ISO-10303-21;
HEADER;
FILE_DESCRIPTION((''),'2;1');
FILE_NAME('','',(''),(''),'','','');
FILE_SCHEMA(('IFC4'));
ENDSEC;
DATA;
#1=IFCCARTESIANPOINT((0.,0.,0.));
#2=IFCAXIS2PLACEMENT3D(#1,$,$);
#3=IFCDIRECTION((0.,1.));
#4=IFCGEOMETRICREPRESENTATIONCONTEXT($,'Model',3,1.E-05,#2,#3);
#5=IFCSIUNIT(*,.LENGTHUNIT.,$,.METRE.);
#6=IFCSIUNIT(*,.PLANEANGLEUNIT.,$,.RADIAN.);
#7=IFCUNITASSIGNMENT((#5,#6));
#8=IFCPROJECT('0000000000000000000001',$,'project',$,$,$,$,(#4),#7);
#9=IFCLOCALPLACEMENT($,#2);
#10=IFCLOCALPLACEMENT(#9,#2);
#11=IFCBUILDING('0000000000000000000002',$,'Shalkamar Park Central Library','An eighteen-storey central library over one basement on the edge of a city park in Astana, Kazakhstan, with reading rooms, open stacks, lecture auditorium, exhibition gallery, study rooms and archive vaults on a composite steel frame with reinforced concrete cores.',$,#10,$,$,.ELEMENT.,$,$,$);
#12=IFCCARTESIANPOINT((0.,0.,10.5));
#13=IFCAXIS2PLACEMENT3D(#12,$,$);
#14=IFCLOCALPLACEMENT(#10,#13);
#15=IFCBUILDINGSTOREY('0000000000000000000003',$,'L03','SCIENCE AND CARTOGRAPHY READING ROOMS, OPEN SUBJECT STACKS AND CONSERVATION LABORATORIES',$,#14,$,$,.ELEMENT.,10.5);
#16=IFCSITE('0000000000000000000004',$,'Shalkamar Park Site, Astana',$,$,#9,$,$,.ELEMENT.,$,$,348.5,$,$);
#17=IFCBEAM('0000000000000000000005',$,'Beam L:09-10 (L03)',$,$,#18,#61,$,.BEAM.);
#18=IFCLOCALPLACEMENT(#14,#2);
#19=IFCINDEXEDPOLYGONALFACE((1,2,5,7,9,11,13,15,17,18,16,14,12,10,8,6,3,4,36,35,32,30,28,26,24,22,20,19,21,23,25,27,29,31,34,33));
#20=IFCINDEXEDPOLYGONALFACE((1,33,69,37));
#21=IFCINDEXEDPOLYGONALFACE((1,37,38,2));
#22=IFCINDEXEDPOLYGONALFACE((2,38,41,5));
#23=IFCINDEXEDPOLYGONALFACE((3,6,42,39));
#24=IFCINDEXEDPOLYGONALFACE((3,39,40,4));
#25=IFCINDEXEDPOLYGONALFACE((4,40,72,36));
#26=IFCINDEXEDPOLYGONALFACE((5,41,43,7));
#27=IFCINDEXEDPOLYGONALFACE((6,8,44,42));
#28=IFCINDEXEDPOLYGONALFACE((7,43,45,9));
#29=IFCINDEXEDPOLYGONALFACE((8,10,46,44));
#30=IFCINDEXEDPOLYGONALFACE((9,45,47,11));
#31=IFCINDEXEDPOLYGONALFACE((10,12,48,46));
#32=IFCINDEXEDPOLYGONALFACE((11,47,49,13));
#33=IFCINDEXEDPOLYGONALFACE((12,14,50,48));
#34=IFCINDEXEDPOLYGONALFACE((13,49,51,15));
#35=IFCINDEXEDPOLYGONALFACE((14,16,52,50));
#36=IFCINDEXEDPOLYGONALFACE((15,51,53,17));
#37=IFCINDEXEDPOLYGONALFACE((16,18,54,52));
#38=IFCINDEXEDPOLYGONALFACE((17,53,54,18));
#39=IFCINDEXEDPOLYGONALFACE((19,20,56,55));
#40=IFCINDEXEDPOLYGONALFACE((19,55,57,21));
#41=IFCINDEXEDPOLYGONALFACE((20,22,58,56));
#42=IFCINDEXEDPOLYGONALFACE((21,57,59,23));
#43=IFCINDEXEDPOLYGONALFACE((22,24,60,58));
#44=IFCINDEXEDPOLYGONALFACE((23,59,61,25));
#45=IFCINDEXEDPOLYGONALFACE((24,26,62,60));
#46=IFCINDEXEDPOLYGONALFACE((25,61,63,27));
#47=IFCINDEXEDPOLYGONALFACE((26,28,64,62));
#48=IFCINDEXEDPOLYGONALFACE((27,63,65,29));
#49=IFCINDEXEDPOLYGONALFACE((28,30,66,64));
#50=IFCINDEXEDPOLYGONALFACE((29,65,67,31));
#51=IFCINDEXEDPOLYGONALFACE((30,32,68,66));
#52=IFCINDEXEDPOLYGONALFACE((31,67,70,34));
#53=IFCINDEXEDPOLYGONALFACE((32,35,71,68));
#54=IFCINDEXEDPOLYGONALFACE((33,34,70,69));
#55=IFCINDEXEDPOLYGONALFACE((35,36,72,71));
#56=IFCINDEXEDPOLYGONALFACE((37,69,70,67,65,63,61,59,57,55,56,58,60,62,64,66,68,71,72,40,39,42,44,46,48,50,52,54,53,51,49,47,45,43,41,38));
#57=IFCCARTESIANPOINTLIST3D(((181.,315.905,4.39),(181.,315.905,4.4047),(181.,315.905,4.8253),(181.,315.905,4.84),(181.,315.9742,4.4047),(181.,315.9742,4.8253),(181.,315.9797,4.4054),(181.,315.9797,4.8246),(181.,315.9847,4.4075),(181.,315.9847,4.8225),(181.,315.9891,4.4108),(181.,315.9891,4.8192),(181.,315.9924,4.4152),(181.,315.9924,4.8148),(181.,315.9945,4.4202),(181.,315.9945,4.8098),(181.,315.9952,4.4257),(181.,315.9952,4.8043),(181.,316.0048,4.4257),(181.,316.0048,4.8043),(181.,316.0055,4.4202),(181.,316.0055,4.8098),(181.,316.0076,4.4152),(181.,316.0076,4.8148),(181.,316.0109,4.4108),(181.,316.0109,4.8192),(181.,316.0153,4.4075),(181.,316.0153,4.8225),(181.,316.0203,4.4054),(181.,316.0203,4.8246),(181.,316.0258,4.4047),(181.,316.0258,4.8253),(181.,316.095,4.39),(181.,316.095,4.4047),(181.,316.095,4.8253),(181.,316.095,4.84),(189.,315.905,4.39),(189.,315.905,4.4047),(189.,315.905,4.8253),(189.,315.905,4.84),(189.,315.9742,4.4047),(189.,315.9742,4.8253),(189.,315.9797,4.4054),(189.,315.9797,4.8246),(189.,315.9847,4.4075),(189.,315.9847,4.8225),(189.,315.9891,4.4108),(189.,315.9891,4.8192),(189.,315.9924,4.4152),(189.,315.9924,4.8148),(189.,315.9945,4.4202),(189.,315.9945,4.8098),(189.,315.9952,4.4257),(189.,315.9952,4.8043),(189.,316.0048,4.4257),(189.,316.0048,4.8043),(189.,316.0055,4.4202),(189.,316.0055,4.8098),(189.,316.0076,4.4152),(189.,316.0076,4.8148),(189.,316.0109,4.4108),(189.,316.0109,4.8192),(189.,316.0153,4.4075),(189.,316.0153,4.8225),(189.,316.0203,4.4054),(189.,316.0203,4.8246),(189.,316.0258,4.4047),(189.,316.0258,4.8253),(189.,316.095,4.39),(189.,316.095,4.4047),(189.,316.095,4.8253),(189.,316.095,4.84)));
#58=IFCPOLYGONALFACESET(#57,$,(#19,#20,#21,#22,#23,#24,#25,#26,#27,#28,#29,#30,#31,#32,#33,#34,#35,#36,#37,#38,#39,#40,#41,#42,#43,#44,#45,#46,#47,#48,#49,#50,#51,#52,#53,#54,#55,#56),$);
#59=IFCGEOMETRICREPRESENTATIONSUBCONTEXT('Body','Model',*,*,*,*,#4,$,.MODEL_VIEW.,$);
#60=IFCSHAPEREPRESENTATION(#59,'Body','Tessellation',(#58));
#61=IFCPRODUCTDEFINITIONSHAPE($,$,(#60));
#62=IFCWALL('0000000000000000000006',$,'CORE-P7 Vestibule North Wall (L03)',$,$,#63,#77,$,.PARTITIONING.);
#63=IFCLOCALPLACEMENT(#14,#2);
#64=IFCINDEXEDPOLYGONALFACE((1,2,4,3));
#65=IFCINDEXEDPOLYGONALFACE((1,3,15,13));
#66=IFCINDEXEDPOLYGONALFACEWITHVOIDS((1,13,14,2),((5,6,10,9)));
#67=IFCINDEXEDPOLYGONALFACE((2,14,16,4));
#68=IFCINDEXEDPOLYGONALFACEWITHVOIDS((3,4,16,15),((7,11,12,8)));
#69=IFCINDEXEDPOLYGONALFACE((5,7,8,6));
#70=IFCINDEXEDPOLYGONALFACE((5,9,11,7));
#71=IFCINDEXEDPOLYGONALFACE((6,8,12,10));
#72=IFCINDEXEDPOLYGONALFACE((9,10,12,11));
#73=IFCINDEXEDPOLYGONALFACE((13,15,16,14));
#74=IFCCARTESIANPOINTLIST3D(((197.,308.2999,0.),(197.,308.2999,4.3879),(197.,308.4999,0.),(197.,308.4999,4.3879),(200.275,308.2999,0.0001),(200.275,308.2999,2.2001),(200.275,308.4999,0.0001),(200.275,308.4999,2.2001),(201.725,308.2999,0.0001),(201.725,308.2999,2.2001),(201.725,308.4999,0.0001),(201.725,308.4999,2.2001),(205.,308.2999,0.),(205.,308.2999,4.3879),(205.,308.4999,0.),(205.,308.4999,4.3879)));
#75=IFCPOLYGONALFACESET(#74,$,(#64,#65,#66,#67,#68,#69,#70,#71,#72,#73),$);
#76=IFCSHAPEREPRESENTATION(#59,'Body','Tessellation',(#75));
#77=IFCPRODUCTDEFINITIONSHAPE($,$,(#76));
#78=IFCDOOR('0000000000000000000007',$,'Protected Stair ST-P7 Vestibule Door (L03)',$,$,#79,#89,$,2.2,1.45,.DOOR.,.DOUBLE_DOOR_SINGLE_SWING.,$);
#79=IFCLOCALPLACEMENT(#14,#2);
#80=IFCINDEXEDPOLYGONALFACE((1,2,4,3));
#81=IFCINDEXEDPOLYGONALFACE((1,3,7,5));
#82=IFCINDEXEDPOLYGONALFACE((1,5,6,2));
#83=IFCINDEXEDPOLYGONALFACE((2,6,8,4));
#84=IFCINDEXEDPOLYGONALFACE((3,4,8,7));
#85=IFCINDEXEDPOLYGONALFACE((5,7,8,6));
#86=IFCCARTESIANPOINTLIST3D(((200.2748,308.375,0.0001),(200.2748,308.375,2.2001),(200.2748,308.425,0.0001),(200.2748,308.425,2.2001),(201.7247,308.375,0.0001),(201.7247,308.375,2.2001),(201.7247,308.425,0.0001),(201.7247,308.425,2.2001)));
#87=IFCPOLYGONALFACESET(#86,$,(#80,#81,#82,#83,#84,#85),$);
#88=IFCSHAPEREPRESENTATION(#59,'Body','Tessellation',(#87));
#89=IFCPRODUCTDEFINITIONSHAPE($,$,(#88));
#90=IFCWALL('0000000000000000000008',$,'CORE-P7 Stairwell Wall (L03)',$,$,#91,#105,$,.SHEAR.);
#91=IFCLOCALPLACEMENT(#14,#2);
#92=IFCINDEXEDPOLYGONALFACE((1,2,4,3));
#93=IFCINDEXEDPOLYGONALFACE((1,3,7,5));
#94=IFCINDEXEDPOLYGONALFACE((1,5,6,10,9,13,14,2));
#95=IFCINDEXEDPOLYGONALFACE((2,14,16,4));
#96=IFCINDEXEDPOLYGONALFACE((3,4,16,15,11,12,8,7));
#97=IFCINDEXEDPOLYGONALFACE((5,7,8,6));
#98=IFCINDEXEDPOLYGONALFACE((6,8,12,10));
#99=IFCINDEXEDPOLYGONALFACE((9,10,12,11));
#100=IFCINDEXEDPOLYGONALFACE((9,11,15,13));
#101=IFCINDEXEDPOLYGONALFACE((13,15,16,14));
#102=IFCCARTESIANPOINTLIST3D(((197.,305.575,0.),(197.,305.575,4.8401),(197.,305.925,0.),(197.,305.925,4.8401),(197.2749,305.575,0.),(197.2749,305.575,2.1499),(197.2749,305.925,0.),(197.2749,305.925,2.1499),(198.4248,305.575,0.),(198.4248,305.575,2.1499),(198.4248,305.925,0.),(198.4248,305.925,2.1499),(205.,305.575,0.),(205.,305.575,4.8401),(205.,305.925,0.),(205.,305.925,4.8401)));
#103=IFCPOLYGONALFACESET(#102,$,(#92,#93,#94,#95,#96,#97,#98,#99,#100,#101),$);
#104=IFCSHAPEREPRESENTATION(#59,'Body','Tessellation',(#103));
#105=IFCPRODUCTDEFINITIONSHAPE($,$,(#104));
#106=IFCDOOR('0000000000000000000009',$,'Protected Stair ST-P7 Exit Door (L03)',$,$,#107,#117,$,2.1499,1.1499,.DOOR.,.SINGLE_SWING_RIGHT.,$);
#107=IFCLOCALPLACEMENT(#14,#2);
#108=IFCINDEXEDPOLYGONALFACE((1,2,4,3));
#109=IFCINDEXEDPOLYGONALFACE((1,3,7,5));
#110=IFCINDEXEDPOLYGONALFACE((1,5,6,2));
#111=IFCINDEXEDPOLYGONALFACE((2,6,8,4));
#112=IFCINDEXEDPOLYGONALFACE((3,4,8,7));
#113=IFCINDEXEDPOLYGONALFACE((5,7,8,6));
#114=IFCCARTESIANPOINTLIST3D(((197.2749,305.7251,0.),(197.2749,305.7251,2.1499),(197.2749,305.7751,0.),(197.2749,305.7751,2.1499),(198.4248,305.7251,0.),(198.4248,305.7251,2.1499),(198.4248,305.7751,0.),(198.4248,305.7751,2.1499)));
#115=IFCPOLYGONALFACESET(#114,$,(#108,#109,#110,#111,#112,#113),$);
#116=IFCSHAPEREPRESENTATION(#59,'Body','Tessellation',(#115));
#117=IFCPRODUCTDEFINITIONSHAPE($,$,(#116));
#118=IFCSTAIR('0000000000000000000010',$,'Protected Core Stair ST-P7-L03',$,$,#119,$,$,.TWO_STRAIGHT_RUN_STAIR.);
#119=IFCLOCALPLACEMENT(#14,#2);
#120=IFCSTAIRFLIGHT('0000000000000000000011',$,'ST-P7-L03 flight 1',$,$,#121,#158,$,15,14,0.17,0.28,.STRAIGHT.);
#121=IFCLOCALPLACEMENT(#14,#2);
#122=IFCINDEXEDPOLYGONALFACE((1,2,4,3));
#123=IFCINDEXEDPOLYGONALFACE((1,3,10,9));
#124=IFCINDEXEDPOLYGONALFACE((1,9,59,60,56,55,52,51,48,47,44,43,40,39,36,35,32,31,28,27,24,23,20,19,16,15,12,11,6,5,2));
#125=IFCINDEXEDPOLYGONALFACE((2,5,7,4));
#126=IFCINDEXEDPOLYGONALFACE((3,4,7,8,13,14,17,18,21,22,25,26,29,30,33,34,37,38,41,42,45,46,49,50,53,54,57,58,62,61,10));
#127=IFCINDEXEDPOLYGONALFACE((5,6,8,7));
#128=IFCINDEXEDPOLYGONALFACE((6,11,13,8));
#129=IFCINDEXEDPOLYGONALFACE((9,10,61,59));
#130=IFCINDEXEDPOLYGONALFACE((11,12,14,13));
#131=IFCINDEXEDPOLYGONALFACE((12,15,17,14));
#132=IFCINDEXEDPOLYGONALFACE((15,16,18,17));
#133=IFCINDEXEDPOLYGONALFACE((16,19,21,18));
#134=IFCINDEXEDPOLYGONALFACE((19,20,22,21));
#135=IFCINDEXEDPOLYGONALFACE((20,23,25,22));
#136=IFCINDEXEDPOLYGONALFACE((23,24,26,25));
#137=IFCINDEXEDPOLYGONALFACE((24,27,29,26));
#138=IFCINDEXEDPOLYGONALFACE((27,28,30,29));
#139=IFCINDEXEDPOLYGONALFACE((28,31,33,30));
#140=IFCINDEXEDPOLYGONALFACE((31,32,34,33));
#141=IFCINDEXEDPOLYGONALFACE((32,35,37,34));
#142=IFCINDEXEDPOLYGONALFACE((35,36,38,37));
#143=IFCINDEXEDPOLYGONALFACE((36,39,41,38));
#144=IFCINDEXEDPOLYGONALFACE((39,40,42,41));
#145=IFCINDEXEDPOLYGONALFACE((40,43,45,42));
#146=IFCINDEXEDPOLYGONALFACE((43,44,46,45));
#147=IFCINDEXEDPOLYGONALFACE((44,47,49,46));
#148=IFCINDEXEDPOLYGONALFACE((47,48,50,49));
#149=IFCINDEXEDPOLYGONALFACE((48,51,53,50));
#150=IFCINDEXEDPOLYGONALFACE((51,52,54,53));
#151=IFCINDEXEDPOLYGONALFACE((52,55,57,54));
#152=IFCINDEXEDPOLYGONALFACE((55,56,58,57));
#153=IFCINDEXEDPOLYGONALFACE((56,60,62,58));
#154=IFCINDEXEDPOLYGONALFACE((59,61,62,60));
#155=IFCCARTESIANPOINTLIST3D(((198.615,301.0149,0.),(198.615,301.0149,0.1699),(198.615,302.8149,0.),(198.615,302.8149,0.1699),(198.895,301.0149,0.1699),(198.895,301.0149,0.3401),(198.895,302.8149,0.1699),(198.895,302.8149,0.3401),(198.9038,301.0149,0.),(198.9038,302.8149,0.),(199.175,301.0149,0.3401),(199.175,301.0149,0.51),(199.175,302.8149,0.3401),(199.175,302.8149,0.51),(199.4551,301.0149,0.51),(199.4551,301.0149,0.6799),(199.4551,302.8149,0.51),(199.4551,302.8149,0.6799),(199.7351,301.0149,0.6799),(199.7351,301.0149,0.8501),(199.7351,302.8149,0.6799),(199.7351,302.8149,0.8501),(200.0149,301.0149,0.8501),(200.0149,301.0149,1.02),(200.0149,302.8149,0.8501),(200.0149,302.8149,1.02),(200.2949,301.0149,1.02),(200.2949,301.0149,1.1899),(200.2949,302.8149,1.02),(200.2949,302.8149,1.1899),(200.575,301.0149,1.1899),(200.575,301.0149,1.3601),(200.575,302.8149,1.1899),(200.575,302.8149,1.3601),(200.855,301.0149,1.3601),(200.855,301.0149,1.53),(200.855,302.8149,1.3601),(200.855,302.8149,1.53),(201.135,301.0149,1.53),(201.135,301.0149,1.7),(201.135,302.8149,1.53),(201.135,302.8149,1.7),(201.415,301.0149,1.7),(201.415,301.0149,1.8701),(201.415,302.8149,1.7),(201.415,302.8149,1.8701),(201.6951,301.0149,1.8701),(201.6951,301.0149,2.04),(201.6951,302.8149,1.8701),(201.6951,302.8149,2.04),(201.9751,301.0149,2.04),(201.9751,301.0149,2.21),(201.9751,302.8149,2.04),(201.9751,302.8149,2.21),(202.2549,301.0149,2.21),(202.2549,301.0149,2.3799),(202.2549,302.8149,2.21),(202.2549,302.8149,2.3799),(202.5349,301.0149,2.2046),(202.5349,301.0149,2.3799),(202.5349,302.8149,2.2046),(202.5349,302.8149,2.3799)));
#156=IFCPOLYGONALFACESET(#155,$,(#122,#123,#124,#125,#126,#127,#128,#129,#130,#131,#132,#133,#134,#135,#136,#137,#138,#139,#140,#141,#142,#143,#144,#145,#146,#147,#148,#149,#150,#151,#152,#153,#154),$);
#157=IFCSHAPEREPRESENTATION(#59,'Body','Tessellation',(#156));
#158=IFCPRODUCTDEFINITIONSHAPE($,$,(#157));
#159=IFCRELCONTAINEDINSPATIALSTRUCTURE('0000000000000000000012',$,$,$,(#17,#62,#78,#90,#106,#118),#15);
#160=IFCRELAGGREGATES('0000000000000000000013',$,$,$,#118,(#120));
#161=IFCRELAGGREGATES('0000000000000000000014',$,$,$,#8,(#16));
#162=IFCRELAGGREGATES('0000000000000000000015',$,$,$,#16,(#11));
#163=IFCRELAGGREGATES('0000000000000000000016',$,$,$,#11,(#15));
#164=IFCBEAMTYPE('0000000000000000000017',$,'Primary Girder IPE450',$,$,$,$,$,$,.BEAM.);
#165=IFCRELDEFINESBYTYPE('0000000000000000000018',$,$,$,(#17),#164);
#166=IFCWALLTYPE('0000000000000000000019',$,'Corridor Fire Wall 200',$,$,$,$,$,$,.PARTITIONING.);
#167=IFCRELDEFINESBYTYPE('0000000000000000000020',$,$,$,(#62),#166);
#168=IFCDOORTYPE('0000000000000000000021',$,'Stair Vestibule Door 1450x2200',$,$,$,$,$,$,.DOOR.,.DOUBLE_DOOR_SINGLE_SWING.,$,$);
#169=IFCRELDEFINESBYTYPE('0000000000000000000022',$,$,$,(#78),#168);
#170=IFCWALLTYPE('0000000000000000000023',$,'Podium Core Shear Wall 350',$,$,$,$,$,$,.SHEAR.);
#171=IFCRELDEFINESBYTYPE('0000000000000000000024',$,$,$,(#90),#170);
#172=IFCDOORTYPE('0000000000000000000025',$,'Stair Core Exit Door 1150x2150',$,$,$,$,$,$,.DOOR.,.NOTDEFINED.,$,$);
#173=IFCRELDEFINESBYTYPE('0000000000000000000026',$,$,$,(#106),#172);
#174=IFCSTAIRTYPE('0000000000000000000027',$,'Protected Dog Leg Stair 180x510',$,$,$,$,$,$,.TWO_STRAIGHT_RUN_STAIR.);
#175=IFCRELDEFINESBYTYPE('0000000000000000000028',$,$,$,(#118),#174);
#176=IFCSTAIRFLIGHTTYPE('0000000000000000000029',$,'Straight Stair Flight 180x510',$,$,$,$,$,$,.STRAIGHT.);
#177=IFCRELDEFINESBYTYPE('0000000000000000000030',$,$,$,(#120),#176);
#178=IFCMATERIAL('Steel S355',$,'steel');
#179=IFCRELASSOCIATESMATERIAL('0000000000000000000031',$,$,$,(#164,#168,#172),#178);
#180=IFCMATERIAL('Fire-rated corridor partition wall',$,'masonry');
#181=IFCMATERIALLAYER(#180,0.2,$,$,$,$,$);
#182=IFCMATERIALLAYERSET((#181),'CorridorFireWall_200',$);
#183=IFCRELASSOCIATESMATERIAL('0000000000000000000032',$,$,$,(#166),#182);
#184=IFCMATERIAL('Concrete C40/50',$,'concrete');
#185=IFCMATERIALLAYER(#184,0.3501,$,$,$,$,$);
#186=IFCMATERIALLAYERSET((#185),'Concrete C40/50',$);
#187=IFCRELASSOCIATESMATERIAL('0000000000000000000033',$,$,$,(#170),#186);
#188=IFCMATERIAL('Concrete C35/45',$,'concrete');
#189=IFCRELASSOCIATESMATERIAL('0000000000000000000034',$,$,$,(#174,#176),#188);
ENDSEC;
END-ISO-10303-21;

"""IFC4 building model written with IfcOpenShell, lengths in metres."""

from ifc_helpers import new_model, si_unit, direction, frame, frame_2d, origin, origin_2d, place, context, subcontext, project, spatial, polyline, rectangle, i_section, outline, extrude, material, layer, layer_set, material_profile, profile_set, type_object, element, fill, aggregate, save


model = new_model("IFC4")

# Units and contexts
model_context = context("Model", 3, precision=1e-05, world=origin(), true_north=direction((0.0, 1.0)))
body_context = subcontext(model_context, "Body", "Model", "MODEL_VIEW")
ifc_project = project(units=[si_unit("LENGTHUNIT", "METRE"), si_unit("PLANEANGLEUNIT", "RADIAN")], contexts=[model_context])

# Site, building, storey
site_placement = place(None, origin())
site = spatial("IfcSite", under=ifc_project, at=site_placement, Name="Shalkamar Park Site, Astana", CompositionType="ELEMENT", RefElevation=348.5)
building_placement = place(site_placement, origin())
building = spatial("IfcBuilding", under=site, at=building_placement, Name="Shalkamar Park Central Library", Description="An eighteen-storey central library over one basement on the edge of a city park in Astana, Kazakhstan, with reading rooms, open stacks, lecture auditorium, exhibition gallery, study rooms and archive vaults on a composite steel frame with reinforced concrete cores.", CompositionType="ELEMENT")
storey_placement = place(building_placement, frame((0.0, 0.0, 10.5)))
storey = spatial("IfcBuildingStorey", under=building, at=storey_placement, Name="L03", Description="SCIENCE AND CARTOGRAPHY READING ROOMS, OPEN SUBJECT STACKS AND CONSERVATION LABORATORIES", CompositionType="ELEMENT", Elevation=10.5)

# Shared definitions
ifc_material_1 = material(Name="Steel S355", Category="steel")

# Beam
ifc_material_profile_1 = material_profile(ifc_material_1, i_section(OverallWidth=0.1899, OverallDepth=0.45, WebThickness=0.0095, FlangeThickness=0.0146, FilletRadius=0.021, at=origin_2d()), Name="IPE 450")
ifc_profile_set_1 = profile_set([ifc_material_profile_1], Name="Steel S355")
beam_type_1 = type_object("IfcBeamType", Name="Primary Girder IPE450", PredefinedType="BEAM", material=ifc_profile_set_1)
for number, where, z_axis, x_axis, name in (
    (1, (181.0, 316.0, 4.615), (1.0, 0.0, 0.0), (0.0, 1.0, 0.0), "Beam L:09-10 (L03)"),
):
    element("IfcBeam", number, at=place(storey_placement, frame(where, z_axis=z_axis, x_axis=x_axis)), inside=storey, type_object=beam_type_1, Name=name, PredefinedType="BEAM", context=body_context, shape_type="SweptSolid", body=[
        extrude(i_section(OverallWidth=0.1899, OverallDepth=0.45, WebThickness=0.0095, FlangeThickness=0.0146, FilletRadius=0.021, at=origin_2d()), origin(), (0.0, 0.0, 1.0), 8.0),
    ])

# Walls, openings, doors
ifc_material_2 = material(Name="Fire-rated corridor partition wall", Category="masonry")
ifc_layer_1 = layer(ifc_material_2, 0.2)
ifc_layer_set_1 = layer_set([ifc_layer_1], Name="CorridorFireWall_200")
wall_type_1 = type_object("IfcWallType", Name="Corridor Fire Wall 200", PredefinedType="PARTITIONING", material=ifc_layer_set_1)
wall_1_placement = place(storey_placement, frame((197.0, 308.3999, 0.0), z_axis=(0.0, 0.0, 1.0), x_axis=(1.0, 0.0, 0.0)))
wall_1 = element("IfcWall", 2, at=wall_1_placement, inside=storey, type_object=wall_type_1, Name="CORE-P7 Vestibule North Wall (L03)", PredefinedType="PARTITIONING", context=body_context, shape_type="SweptSolid", body=[
    extrude(rectangle(XDim=8.0, YDim=0.2, at=frame_2d((4.0, 0.0))), origin(), (0.0, 0.0, 1.0), 4.3879),
])
opening_1_placement = place(wall_1_placement, frame((3.2749, 0.0, 0.0)))
opening_1 = element("IfcOpeningElement", 3, at=opening_1_placement, cuts=wall_1, PredefinedType="OPENING", context=body_context, shape_type="SweptSolid", body=[
    extrude(rectangle(XDim=1.45, YDim=2.2, at=frame_2d((0.7251, 1.1001))), frame((0.0, 0.1147, 0.0), z_axis=(0.0, -1.0, 0.0), x_axis=(1.0, 0.0, 0.0)), (0.0, 0.0, 1.0), 0.2297),
])
door_type_1 = type_object("IfcDoorType", Name="Stair Vestibule Door 1450x2200", OperationType="DOUBLE_DOOR_SINGLE_SWING", PredefinedType="DOOR", material=ifc_material_1)
door_1_placement = place(opening_1_placement, frame((1.45, 0.0, 0.0), z_axis=(0.0, 0.0, 1.0), x_axis=(-1.0, 0.0, 0.0)))
door_1 = element("IfcDoor", 4, at=door_1_placement, inside=storey, type_object=door_type_1, Name="Protected Stair ST-P7 Vestibule Door (L03)", OperationType="DOUBLE_DOOR_SINGLE_SWING", OverallHeight=2.2, OverallWidth=1.45, PredefinedType="DOOR", context=body_context, shape_type="SweptSolid", body=[
    extrude(rectangle(XDim=1.45, YDim=2.2, at=frame_2d((0.7251, 1.1001))), frame((0.0, 0.0249, 0.0), z_axis=(0.0, -1.0, 0.0), x_axis=(1.0, 0.0, 0.0)), (0.0, 0.0, 1.0), 0.05),
])
fill(opening_1, door_1)
ifc_material_3 = material(Name="Concrete C40/50", Category="concrete")
ifc_layer_2 = layer(ifc_material_3, 0.3501)
ifc_layer_set_2 = layer_set([ifc_layer_2], Name="Concrete C40/50")
wall_type_2 = type_object("IfcWallType", Name="Podium Core Shear Wall 350", PredefinedType="SHEAR", material=ifc_layer_set_2)
wall_2_placement = place(storey_placement, frame((197.0, 305.75, 0.0), z_axis=(0.0, 0.0, 1.0), x_axis=(1.0, 0.0, 0.0)))
wall_2 = element("IfcWall", 5, at=wall_2_placement, inside=storey, type_object=wall_type_2, Name="CORE-P7 Stairwell Wall (L03)", PredefinedType="SHEAR", context=body_context, shape_type="SweptSolid", body=[
    extrude(rectangle(XDim=8.0, YDim=0.3501, at=frame_2d((4.0, 0.0))), origin(), (0.0, 0.0, 1.0), 4.8401),
])
opening_2_placement = place(wall_2_placement, frame((0.2749, 0.0, 0.0)))
opening_2 = element("IfcOpeningElement", 6, at=opening_2_placement, cuts=wall_2, PredefinedType="OPENING", context=body_context, shape_type="SweptSolid", body=[
    extrude(rectangle(XDim=1.1499, YDim=2.1499, at=frame_2d((0.575, 1.075))), frame((0.0, 0.1899, 0.0), z_axis=(0.0, -1.0, 0.0), x_axis=(1.0, 0.0, 0.0)), (0.0, 0.0, 1.0), 0.3799),
])
door_type_2 = type_object("IfcDoorType", Name="Stair Core Exit Door 1150x2150", OperationType="NOTDEFINED", PredefinedType="DOOR", material=ifc_material_1)
door_2_placement = place(opening_2_placement, frame((1.1499, 0.0, 0.0), z_axis=(0.0, 0.0, 1.0), x_axis=(-1.0, 0.0, 0.0)))
door_2 = element("IfcDoor", 7, at=door_2_placement, inside=storey, type_object=door_type_2, Name="Protected Stair ST-P7 Exit Door (L03)", OperationType="SINGLE_SWING_RIGHT", OverallHeight=2.1499, OverallWidth=1.1499, PredefinedType="DOOR", context=body_context, shape_type="SweptSolid", body=[
    extrude(rectangle(XDim=1.1499, YDim=2.1499, at=frame_2d((0.575, 1.075))), frame((0.0, 0.0249, 0.0), z_axis=(0.0, -1.0, 0.0), x_axis=(1.0, 0.0, 0.0)), (0.0, 0.0, 1.0), 0.05),
])
fill(opening_2, door_2)

# Stair, stair flight
ifc_material_4 = material(Name="Concrete C35/45", Category="concrete")
stair_type = type_object("IfcStairType", Name="Protected Dog Leg Stair 180x510", PredefinedType="TWO_STRAIGHT_RUN_STAIR", material=ifc_material_4)
stair_placement = place(storey_placement, origin())
stair = element("IfcStair", 8, at=stair_placement, inside=storey, type_object=stair_type, Name="Protected Core Stair ST-P7-L03", PredefinedType="TWO_STRAIGHT_RUN_STAIR")
stair_flight_type = type_object("IfcStairFlightType", Name="Straight Stair Flight 180x510", PredefinedType="STRAIGHT", material=ifc_material_4)
stair_flight_1_placement = place(storey_placement, frame((198.615, 301.915, 0.0), z_axis=(0.0, 0.0, 1.0), x_axis=(1.0, 0.0, 0.0)))
stair_flight_1 = element("IfcStairFlight", 9, at=stair_flight_1_placement, type_object=stair_flight_type, Name="ST-P7-L03 flight 1", NumberOfRisers=15, NumberOfTreads=14, PredefinedType="STRAIGHT", RiserHeight=0.17, TreadLength=0.28, context=body_context, shape_type="SweptSolid", body=[
    extrude(outline(polyline([(0.0, 0.0), (0.0, 0.1699), (0.28, 0.1699), (0.28, 0.3401), (0.5601, 0.3401), (0.5601, 0.51), (0.8401, 0.51), (0.8401, 0.6799), (1.1201, 0.6799), (1.1201, 0.8501), (1.3999, 0.8501), (1.3999, 1.02), (1.6799, 1.02), (1.6799, 1.1899), (1.96, 1.1899), (1.96, 1.3601), (2.24, 1.3601), (2.24, 1.53), (2.52, 1.53), (2.52, 1.7), (2.8, 1.7), (2.8, 1.8701), (3.0801, 1.8701), (3.0801, 2.04), (3.3601, 2.04), (3.3601, 2.21), (3.6399, 2.21), (3.6399, 2.3799), (3.9199, 2.3799), (3.9199, 2.55), (3.9199, 2.2046), (0.2888, 0.0), (0.0, 0.0)])), frame((0.0, 0.8999, 0.0), z_axis=(0.0, -1.0, 0.0), x_axis=(1.0, 0.0, 0.0)), (0.0, 0.0, 1.0), 1.8),
])
aggregate(stair, [stair_flight_1])

save(model, "model.ifc")
